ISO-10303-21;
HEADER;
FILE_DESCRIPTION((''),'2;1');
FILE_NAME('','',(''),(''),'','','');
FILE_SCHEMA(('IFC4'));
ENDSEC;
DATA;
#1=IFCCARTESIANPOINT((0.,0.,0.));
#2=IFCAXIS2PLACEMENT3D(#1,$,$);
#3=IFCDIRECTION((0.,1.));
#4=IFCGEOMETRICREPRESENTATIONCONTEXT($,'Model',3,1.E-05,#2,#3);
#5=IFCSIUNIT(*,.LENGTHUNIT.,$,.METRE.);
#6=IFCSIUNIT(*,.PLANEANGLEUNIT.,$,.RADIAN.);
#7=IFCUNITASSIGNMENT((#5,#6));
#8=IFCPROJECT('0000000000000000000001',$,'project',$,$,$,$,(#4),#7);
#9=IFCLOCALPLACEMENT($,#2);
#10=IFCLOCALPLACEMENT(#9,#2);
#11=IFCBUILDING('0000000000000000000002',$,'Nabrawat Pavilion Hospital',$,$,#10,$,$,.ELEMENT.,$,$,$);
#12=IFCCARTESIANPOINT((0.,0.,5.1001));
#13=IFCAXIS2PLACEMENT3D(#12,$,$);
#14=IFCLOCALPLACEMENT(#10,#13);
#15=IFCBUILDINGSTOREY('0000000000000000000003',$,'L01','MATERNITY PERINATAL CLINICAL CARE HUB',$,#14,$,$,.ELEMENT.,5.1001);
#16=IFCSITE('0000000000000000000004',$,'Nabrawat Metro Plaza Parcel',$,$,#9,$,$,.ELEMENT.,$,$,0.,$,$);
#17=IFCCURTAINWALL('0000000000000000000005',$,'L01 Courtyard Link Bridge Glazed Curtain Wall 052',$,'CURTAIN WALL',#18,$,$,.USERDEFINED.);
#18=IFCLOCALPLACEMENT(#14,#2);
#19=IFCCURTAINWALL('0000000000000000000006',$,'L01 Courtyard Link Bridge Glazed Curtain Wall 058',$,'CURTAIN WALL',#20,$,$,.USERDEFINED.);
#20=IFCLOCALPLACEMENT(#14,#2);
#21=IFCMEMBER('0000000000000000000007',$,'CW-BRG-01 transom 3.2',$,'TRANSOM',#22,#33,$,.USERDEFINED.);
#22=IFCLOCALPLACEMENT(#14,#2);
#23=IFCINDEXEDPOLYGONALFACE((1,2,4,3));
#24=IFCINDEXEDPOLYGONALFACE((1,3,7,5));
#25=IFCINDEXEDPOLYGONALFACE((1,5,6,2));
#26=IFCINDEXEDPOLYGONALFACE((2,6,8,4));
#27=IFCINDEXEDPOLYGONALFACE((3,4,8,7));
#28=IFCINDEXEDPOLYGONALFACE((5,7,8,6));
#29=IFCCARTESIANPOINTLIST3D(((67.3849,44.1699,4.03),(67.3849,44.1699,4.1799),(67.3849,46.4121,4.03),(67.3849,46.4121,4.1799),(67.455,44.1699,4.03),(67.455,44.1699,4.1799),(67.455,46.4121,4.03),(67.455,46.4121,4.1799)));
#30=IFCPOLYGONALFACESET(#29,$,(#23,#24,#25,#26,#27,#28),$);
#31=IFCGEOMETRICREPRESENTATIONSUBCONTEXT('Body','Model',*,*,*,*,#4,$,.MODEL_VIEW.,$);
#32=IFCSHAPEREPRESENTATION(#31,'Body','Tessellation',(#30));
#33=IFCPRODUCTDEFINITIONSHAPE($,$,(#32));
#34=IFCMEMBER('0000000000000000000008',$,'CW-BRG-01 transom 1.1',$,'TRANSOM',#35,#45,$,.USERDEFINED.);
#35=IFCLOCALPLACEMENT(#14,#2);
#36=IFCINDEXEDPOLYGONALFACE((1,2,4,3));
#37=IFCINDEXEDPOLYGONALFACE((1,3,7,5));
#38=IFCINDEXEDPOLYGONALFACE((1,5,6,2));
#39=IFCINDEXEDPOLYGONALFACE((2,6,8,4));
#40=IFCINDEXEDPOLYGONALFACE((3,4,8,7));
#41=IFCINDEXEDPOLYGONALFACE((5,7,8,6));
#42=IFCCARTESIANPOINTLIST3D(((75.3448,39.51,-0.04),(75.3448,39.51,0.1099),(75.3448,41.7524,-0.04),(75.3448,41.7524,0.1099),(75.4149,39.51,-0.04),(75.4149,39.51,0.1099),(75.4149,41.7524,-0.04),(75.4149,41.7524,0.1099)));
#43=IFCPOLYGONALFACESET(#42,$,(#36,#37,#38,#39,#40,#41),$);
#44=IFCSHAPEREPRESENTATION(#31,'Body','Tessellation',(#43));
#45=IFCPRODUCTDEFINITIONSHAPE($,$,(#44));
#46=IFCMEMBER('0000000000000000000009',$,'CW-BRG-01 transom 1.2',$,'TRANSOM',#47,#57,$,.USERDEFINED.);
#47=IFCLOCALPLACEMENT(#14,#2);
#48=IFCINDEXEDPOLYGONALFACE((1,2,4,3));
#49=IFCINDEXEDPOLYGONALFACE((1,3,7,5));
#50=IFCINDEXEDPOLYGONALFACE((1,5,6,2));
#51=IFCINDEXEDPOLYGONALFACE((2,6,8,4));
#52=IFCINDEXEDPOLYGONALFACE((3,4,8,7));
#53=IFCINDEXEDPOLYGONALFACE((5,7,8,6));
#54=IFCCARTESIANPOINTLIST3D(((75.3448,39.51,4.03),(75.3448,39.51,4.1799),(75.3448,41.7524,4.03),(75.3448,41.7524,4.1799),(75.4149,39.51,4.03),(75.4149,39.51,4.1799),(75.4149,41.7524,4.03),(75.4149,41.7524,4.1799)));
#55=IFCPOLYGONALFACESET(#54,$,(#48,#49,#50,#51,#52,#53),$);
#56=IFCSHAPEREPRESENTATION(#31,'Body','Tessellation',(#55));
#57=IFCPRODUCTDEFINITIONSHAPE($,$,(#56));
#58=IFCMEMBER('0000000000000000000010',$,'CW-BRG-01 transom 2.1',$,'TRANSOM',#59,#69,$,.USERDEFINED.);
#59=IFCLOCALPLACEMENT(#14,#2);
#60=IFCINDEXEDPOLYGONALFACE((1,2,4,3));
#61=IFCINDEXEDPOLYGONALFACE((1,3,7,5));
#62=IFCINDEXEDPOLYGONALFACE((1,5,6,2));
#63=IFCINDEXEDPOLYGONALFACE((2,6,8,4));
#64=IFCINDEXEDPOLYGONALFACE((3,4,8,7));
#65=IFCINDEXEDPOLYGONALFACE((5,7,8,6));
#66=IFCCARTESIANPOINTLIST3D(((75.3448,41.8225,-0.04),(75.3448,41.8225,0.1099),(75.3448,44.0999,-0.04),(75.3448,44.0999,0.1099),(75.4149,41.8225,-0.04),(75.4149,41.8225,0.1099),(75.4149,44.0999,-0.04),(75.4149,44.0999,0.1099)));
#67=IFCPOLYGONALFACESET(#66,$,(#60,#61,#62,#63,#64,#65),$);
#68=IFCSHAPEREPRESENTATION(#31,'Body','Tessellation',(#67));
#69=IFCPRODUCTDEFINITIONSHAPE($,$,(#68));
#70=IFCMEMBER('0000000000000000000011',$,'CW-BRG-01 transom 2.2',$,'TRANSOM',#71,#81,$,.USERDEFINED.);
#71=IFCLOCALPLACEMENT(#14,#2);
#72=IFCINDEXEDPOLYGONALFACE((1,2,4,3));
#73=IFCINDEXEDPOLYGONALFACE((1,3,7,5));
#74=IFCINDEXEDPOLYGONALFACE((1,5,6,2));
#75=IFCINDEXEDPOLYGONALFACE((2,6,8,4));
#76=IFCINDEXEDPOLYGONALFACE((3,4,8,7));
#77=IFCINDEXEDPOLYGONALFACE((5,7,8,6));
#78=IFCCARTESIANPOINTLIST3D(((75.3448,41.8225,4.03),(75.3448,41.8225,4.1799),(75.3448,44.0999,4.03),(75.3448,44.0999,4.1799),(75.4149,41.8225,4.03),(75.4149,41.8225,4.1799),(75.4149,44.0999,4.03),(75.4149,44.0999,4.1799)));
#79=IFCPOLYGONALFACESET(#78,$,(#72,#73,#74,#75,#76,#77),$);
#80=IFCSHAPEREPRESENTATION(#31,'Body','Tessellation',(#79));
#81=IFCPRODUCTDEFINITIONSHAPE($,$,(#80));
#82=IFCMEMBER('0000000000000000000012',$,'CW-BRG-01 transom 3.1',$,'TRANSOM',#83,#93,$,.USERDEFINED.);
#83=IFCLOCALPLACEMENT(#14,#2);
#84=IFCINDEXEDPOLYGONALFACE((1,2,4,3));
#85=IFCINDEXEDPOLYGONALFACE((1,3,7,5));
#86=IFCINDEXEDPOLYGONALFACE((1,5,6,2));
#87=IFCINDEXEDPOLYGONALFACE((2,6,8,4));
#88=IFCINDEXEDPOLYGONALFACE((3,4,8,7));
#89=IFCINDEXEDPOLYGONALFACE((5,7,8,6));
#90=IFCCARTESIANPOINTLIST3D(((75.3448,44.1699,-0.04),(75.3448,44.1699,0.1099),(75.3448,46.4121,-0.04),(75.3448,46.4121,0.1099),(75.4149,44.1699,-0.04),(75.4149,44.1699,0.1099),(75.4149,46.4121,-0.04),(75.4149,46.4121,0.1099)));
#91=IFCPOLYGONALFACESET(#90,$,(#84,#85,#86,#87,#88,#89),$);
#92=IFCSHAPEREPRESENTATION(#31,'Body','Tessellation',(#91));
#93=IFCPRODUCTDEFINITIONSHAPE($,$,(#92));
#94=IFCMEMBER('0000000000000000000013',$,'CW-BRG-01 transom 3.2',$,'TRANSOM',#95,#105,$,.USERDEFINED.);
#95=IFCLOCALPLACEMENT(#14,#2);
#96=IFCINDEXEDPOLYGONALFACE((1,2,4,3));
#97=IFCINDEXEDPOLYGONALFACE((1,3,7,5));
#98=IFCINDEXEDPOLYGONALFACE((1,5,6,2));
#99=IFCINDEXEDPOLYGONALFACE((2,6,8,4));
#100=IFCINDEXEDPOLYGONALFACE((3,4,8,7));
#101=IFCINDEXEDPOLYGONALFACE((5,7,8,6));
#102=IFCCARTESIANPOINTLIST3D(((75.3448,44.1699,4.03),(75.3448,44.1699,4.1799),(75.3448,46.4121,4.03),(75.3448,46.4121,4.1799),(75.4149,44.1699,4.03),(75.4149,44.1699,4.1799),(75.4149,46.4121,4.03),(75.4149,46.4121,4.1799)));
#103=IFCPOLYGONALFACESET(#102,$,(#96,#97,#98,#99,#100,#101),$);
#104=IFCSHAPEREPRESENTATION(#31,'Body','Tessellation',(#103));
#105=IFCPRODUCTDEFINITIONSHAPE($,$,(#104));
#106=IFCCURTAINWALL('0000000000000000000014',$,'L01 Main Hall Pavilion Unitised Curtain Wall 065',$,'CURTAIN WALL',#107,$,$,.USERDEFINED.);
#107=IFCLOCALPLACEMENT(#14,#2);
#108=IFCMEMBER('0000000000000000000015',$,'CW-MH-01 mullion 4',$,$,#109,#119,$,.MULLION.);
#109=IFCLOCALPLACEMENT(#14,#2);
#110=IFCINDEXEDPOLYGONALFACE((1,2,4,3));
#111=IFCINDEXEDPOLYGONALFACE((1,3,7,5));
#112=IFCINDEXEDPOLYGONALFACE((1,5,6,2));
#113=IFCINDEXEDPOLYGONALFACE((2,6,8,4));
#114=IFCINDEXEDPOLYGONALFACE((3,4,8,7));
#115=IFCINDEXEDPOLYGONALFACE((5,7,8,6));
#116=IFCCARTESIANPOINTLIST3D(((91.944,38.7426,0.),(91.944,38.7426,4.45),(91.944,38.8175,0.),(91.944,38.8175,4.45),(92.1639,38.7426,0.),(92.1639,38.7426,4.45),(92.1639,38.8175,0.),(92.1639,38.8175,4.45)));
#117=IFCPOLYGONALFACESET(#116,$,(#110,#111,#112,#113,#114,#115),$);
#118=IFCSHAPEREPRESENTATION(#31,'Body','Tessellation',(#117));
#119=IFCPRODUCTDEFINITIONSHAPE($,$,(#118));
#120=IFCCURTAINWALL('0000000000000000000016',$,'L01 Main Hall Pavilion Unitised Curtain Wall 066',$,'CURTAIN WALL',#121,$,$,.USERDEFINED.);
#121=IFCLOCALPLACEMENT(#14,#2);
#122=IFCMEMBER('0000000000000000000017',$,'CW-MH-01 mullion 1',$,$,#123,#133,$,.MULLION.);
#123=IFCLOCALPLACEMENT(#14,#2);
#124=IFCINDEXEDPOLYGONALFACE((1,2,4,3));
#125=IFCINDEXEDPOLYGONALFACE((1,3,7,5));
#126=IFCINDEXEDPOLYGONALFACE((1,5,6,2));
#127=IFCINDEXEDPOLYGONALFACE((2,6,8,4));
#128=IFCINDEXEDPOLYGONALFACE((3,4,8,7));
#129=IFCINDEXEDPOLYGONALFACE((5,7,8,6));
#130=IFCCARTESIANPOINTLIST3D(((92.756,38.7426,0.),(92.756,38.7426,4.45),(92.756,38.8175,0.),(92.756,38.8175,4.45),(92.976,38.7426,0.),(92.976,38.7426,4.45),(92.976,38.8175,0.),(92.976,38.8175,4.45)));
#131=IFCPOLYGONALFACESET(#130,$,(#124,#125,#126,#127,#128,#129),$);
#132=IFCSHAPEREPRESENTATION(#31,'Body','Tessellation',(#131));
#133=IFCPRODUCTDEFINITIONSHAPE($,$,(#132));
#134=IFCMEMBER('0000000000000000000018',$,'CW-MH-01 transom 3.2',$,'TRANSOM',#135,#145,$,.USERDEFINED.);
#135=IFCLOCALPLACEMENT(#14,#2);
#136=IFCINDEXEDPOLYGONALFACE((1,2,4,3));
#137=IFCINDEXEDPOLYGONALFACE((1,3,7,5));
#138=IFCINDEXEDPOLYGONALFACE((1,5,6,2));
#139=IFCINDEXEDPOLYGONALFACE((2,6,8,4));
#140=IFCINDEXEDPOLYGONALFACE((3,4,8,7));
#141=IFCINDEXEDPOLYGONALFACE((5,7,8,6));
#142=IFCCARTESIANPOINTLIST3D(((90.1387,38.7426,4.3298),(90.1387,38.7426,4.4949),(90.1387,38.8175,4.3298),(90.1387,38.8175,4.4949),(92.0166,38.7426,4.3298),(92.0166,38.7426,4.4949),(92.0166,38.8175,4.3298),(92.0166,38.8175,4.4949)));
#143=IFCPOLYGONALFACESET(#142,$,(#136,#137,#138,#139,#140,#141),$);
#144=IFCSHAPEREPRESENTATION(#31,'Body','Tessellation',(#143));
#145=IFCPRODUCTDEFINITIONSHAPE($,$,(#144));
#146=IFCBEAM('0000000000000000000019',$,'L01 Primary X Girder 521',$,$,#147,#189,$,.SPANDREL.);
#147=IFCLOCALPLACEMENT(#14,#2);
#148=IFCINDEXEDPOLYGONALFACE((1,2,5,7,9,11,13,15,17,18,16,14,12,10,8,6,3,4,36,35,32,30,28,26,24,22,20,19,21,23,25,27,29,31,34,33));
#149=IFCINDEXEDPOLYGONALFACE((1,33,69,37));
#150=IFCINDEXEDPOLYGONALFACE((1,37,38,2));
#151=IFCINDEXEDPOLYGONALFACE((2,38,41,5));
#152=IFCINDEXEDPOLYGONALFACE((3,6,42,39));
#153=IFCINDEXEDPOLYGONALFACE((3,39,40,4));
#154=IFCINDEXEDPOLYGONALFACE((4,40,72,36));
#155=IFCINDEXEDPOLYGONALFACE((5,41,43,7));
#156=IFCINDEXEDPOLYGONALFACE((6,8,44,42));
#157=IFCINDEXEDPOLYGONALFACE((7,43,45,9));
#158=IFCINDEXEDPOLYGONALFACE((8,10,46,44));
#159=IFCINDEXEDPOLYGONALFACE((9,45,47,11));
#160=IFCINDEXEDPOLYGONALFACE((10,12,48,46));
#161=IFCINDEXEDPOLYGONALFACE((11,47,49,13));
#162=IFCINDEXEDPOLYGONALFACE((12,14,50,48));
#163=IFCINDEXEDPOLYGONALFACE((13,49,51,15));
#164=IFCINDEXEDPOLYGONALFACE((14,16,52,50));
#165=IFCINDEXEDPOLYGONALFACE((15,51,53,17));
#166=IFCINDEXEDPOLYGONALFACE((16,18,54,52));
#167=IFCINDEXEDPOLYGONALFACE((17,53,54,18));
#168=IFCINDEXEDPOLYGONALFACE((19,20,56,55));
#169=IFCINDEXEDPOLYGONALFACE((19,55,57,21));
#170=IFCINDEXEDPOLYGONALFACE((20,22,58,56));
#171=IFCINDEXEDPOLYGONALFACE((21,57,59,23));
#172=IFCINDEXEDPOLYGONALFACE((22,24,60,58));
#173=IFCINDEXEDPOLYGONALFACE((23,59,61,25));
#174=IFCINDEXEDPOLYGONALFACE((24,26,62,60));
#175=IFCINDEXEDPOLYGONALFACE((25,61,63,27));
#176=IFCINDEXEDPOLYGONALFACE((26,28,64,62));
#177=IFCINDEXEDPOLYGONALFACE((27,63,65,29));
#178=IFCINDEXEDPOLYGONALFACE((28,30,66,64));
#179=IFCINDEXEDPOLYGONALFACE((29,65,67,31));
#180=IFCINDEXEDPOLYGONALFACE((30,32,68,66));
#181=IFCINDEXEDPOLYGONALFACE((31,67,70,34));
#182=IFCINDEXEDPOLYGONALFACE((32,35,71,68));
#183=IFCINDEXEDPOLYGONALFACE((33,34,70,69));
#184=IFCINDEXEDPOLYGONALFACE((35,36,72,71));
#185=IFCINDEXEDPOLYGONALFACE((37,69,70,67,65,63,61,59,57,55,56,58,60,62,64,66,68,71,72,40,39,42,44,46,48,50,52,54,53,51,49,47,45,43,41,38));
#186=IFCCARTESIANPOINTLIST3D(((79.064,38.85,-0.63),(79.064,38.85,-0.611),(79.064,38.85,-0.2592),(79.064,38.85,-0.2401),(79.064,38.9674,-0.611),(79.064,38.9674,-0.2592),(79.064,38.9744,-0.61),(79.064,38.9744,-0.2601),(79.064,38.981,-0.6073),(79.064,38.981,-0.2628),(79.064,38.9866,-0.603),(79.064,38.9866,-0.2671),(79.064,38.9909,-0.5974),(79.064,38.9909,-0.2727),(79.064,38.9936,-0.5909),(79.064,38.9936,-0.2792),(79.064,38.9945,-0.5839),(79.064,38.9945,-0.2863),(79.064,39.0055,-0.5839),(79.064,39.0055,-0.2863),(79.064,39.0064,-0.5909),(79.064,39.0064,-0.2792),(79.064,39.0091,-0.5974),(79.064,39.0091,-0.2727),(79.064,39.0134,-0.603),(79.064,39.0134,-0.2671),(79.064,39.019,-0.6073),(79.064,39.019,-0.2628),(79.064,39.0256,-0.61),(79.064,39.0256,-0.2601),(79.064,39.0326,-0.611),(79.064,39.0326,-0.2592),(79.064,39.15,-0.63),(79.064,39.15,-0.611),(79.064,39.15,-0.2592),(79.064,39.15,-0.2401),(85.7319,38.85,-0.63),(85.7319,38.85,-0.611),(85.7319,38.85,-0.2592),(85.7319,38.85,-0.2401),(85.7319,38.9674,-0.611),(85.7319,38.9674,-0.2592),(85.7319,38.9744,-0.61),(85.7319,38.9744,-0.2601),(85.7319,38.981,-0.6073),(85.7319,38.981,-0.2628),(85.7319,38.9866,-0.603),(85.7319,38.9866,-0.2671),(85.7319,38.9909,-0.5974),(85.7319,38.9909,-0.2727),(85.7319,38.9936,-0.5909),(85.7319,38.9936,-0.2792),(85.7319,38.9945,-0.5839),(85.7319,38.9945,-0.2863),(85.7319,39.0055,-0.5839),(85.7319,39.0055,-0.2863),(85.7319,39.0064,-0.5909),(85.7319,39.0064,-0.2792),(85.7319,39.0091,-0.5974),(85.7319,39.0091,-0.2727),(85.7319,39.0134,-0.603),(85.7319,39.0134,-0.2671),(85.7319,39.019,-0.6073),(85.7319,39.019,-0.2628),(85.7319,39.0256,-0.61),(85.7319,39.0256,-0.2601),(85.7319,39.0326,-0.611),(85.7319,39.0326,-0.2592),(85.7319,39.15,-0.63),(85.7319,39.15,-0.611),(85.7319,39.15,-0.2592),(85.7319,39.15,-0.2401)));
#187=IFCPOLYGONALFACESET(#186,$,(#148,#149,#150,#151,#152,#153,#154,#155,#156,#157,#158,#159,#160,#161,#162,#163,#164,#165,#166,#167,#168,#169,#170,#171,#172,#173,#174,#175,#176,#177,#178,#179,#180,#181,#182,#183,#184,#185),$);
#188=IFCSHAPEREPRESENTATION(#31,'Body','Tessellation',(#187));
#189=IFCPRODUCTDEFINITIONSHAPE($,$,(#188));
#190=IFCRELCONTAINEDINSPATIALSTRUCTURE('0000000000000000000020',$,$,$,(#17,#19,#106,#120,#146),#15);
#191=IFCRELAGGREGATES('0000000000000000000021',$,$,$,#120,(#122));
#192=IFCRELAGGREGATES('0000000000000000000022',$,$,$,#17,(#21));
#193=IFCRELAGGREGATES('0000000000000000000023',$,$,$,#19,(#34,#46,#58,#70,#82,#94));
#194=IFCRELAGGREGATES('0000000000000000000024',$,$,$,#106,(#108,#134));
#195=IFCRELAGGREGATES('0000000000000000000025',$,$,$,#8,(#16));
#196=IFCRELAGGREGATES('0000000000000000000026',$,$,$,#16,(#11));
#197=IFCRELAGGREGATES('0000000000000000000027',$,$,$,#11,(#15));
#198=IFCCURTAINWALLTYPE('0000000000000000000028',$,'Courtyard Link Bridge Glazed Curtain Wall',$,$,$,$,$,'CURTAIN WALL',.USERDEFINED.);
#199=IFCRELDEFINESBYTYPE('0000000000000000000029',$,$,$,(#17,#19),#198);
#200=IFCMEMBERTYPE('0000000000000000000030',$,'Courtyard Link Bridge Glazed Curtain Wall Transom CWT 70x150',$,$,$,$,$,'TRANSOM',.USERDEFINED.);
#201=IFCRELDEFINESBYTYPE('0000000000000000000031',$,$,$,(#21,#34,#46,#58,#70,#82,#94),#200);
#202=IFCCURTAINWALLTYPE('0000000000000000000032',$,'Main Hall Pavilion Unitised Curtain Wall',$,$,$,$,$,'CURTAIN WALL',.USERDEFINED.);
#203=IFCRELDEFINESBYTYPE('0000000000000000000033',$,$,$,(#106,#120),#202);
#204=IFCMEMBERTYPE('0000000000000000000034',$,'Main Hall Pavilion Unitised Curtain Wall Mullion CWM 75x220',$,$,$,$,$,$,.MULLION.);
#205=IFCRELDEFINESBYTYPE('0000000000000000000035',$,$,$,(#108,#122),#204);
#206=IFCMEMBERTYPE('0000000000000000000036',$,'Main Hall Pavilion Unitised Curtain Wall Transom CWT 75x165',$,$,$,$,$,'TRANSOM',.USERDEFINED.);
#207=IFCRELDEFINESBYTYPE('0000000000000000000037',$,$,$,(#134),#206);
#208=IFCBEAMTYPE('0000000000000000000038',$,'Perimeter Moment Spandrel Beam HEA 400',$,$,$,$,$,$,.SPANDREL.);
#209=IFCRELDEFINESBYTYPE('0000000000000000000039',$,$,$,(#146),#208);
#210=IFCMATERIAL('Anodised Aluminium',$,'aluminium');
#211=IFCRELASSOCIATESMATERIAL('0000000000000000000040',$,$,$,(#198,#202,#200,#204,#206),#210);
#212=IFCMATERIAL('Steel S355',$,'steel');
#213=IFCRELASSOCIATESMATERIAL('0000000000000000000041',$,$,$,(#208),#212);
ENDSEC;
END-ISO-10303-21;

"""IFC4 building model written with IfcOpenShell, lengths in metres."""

from ifc_helpers import new_model, si_unit, direction, frame, origin, origin_2d, place, context, subcontext, project, spatial, rectangle, i_section, extrude, material, material_profile, profile_set, type_object, element, aggregate, save


model = new_model("IFC4")

# Units and contexts
model_context = context("Model", 3, precision=1e-05, world=origin(), true_north=direction((0.0, 1.0)))
body_context = subcontext(model_context, "Body", "Model", "MODEL_VIEW")
ifc_project = project(units=[si_unit("LENGTHUNIT", "METRE"), si_unit("PLANEANGLEUNIT", "RADIAN")], contexts=[model_context])

# Site, building, storey
site_placement = place(None, origin())
site = spatial("IfcSite", under=ifc_project, at=site_placement, Name="Nabrawat Metro Plaza Parcel", CompositionType="ELEMENT", RefElevation=0.0)
building_placement = place(site_placement, origin())
building = spatial("IfcBuilding", under=site, at=building_placement, Name="Nabrawat Pavilion Hospital", CompositionType="ELEMENT")
storey_placement = place(building_placement, frame((0.0, 0.0, 5.1001)))
storey = spatial("IfcBuildingStorey", under=building, at=storey_placement, Name="L01", Description="MATERNITY PERINATAL CLINICAL CARE HUB", CompositionType="ELEMENT", Elevation=5.1001)

# Shared definitions
ifc_material_1 = material(Name="Steel S355", Category="steel")

# Curtain wall
ifc_material_2 = material(Name="Anodised Aluminium", Category="aluminium")
curtain_wall_type_1 = type_object("IfcCurtainWallType", Name="Courtyard Link Bridge Glazed Curtain Wall", ElementType="CURTAIN WALL", PredefinedType="USERDEFINED", material=ifc_material_2)
curtain_wall_1_placement = place(storey_placement, origin())
curtain_wall_1 = element("IfcCurtainWall", 1, at=curtain_wall_1_placement, inside=storey, type_object=curtain_wall_type_1, Name="L01 Courtyard Link Bridge Glazed Curtain Wall 052", ObjectType="CURTAIN WALL", PredefinedType="USERDEFINED")

# Curtain wall
curtain_wall_2_placement = place(storey_placement, origin())
curtain_wall_2 = element("IfcCurtainWall", 2, at=curtain_wall_2_placement, inside=storey, type_object=curtain_wall_type_1, Name="L01 Courtyard Link Bridge Glazed Curtain Wall 058", ObjectType="CURTAIN WALL", PredefinedType="USERDEFINED")

# Members
ifc_material_profile_1 = material_profile(ifc_material_2, rectangle(XDim=0.0701, YDim=0.1499, at=origin_2d()), Name="CWT 70x150")
ifc_profile_set_1 = profile_set([ifc_material_profile_1], Name="Anodised Aluminium")
member_type_1 = type_object("IfcMemberType", Name="Courtyard Link Bridge Glazed Curtain Wall Transom CWT 70x150", ElementType="TRANSOM", PredefinedType="USERDEFINED", material=ifc_profile_set_1)
member_1_placement = place(storey_placement, frame((67.4199, 44.1699, 4.105), z_axis=(0.0, 1.0, 0.0), x_axis=(-1.0, 0.0, 0.0)))
member_1 = element("IfcMember", 3, at=member_1_placement, type_object=member_type_1, Name="CW-BRG-01 transom 3.2", ObjectType="TRANSOM", PredefinedType="USERDEFINED", context=body_context, shape_type="SweptSolid", body=[
    extrude(rectangle(XDim=0.0701, YDim=0.1499, at=origin_2d()), origin(), (0.0, 0.0, 1.0), 2.2422),
])
member_2_placement = place(storey_placement, frame((75.3799, 39.51, 0.0349), z_axis=(0.0, 1.0, 0.0), x_axis=(-1.0, 0.0, 0.0)))
member_2 = element("IfcMember", 4, at=member_2_placement, type_object=member_type_1, Name="CW-BRG-01 transom 1.1", ObjectType="TRANSOM", PredefinedType="USERDEFINED", context=body_context, shape_type="SweptSolid", body=[
    extrude(rectangle(XDim=0.0701, YDim=0.1499, at=origin_2d()), origin(), (0.0, 0.0, 1.0), 2.2424),
])
member_3_placement = place(storey_placement, frame((75.3799, 39.51, 4.105), z_axis=(0.0, 1.0, 0.0), x_axis=(-1.0, 0.0, 0.0)))
member_3 = element("IfcMember", 5, at=member_3_placement, type_object=member_type_1, Name="CW-BRG-01 transom 1.2", ObjectType="TRANSOM", PredefinedType="USERDEFINED", context=body_context, shape_type="SweptSolid", body=[
    extrude(rectangle(XDim=0.0701, YDim=0.1499, at=origin_2d()), origin(), (0.0, 0.0, 1.0), 2.2424),
])
member_4_placement = place(storey_placement, frame((75.3799, 41.8225, 0.0349), z_axis=(0.0, 1.0, 0.0), x_axis=(-1.0, 0.0, 0.0)))
member_4 = element("IfcMember", 6, at=member_4_placement, type_object=member_type_1, Name="CW-BRG-01 transom 2.1", ObjectType="TRANSOM", PredefinedType="USERDEFINED", context=body_context, shape_type="SweptSolid", body=[
    extrude(rectangle(XDim=0.0701, YDim=0.1499, at=origin_2d()), origin(), (0.0, 0.0, 1.0), 2.2773),
])
member_5_placement = place(storey_placement, frame((75.3799, 41.8225, 4.105), z_axis=(0.0, 1.0, 0.0), x_axis=(-1.0, 0.0, 0.0)))
member_5 = element("IfcMember", 7, at=member_5_placement, type_object=member_type_1, Name="CW-BRG-01 transom 2.2", ObjectType="TRANSOM", PredefinedType="USERDEFINED", context=body_context, shape_type="SweptSolid", body=[
    extrude(rectangle(XDim=0.0701, YDim=0.1499, at=origin_2d()), origin(), (0.0, 0.0, 1.0), 2.2773),
])
member_6_placement = place(storey_placement, frame((75.3799, 44.1699, 0.0349), z_axis=(0.0, 1.0, 0.0), x_axis=(-1.0, 0.0, 0.0)))
member_6 = element("IfcMember", 8, at=member_6_placement, type_object=member_type_1, Name="CW-BRG-01 transom 3.1", ObjectType="TRANSOM", PredefinedType="USERDEFINED", context=body_context, shape_type="SweptSolid", body=[
    extrude(rectangle(XDim=0.0701, YDim=0.1499, at=origin_2d()), origin(), (0.0, 0.0, 1.0), 2.2422),
])
member_7_placement = place(storey_placement, frame((75.3799, 44.1699, 4.105), z_axis=(0.0, 1.0, 0.0), x_axis=(-1.0, 0.0, 0.0)))
member_7 = element("IfcMember", 9, at=member_7_placement, type_object=member_type_1, Name="CW-BRG-01 transom 3.2", ObjectType="TRANSOM", PredefinedType="USERDEFINED", context=body_context, shape_type="SweptSolid", body=[
    extrude(rectangle(XDim=0.0701, YDim=0.1499, at=origin_2d()), origin(), (0.0, 0.0, 1.0), 2.2422),
])

# Curtain walls, members
curtain_wall_type_2 = type_object("IfcCurtainWallType", Name="Main Hall Pavilion Unitised Curtain Wall", ElementType="CURTAIN WALL", PredefinedType="USERDEFINED", material=ifc_material_2)
curtain_wall_3_placement = place(storey_placement, origin())
curtain_wall_3 = element("IfcCurtainWall", 10, at=curtain_wall_3_placement, inside=storey, type_object=curtain_wall_type_2, Name="L01 Main Hall Pavilion Unitised Curtain Wall 065", ObjectType="CURTAIN WALL", PredefinedType="USERDEFINED")
ifc_material_profile_2 = material_profile(ifc_material_2, rectangle(XDim=0.075, YDim=0.22, at=origin_2d()), Name="CWM 75x220")
ifc_profile_set_2 = profile_set([ifc_material_profile_2], Name="Anodised Aluminium")
member_type_2 = type_object("IfcMemberType", Name="Main Hall Pavilion Unitised Curtain Wall Mullion CWM 75x220", PredefinedType="MULLION", material=ifc_profile_set_2)
member_8_placement = place(storey_placement, frame((92.054, 38.78, 0.0), z_axis=(0.0, 0.0, 1.0), x_axis=(0.0, 1.0, 0.0)))
member_8 = element("IfcMember", 11, at=member_8_placement, type_object=member_type_2, Name="CW-MH-01 mullion 4", PredefinedType="MULLION", context=body_context, shape_type="SweptSolid", body=[
    extrude(rectangle(XDim=0.075, YDim=0.22, at=origin_2d()), origin(), (0.0, 0.0, 1.0), 4.45),
])
curtain_wall_4_placement = place(storey_placement, origin())
curtain_wall_4 = element("IfcCurtainWall", 12, at=curtain_wall_4_placement, inside=storey, type_object=curtain_wall_type_2, Name="L01 Main Hall Pavilion Unitised Curtain Wall 066", ObjectType="CURTAIN WALL", PredefinedType="USERDEFINED")
member_9_placement = place(storey_placement, frame((92.866, 38.78, 0.0), z_axis=(0.0, 0.0, 1.0), x_axis=(0.0, 1.0, 0.0)))
member_9 = element("IfcMember", 13, at=member_9_placement, type_object=member_type_2, Name="CW-MH-01 mullion 1", PredefinedType="MULLION", context=body_context, shape_type="SweptSolid", body=[
    extrude(rectangle(XDim=0.075, YDim=0.22, at=origin_2d()), origin(), (0.0, 0.0, 1.0), 4.45),
])
aggregate(curtain_wall_4, [member_9])

# Member
ifc_material_profile_3 = material_profile(ifc_material_2, rectangle(XDim=0.075, YDim=0.165, at=origin_2d()), Name="CWT 75x165")
ifc_profile_set_3 = profile_set([ifc_material_profile_3], Name="Anodised Aluminium")
member_type_3 = type_object("IfcMemberType", Name="Main Hall Pavilion Unitised Curtain Wall Transom CWT 75x165", ElementType="TRANSOM", PredefinedType="USERDEFINED", material=ifc_profile_set_3)
member_10_placement = place(storey_placement, frame((90.1387, 38.78, 4.4124), z_axis=(1.0, 0.0, 0.0), x_axis=(0.0, 1.0, 0.0)))
member_10 = element("IfcMember", 14, at=member_10_placement, type_object=member_type_3, Name="CW-MH-01 transom 3.2", ObjectType="TRANSOM", PredefinedType="USERDEFINED", context=body_context, shape_type="SweptSolid", body=[
    extrude(rectangle(XDim=0.075, YDim=0.165, at=origin_2d()), origin(), (0.0, 0.0, 1.0), 1.8779),
])

# Beam
ifc_material_profile_4 = material_profile(ifc_material_1, i_section(OverallWidth=0.3, OverallDepth=0.3899, WebThickness=0.011, FlangeThickness=0.019, FilletRadius=0.0271, at=origin_2d()), Name="HEA 400")
ifc_profile_set_4 = profile_set([ifc_material_profile_4], Name="Steel S355")
beam_type_1 = type_object("IfcBeamType", Name="Perimeter Moment Spandrel Beam HEA 400", PredefinedType="SPANDREL", material=ifc_profile_set_4)
for number, where, z_axis, x_axis, name in (
    (15, (79.064, 39.0, -0.4351), (1.0, 0.0, 0.0), (0.0, 1.0, 0.0), "L01 Primary X Girder 521"),
):
    element("IfcBeam", number, at=place(storey_placement, frame(where, z_axis=z_axis, x_axis=x_axis)), inside=storey, type_object=beam_type_1, Name=name, PredefinedType="SPANDREL", context=body_context, shape_type="SweptSolid", body=[
        extrude(i_section(OverallWidth=0.3, OverallDepth=0.3899, WebThickness=0.011, FlangeThickness=0.019, FilletRadius=0.0271, at=origin_2d()), origin(), (0.0, 0.0, 1.0), 6.668),
    ])

aggregate(curtain_wall_1, [member_1])
aggregate(curtain_wall_2, [member_2, member_3, member_4, member_5, member_6, member_7])
aggregate(curtain_wall_3, [member_8, member_10])

save(model, "model.ifc")
